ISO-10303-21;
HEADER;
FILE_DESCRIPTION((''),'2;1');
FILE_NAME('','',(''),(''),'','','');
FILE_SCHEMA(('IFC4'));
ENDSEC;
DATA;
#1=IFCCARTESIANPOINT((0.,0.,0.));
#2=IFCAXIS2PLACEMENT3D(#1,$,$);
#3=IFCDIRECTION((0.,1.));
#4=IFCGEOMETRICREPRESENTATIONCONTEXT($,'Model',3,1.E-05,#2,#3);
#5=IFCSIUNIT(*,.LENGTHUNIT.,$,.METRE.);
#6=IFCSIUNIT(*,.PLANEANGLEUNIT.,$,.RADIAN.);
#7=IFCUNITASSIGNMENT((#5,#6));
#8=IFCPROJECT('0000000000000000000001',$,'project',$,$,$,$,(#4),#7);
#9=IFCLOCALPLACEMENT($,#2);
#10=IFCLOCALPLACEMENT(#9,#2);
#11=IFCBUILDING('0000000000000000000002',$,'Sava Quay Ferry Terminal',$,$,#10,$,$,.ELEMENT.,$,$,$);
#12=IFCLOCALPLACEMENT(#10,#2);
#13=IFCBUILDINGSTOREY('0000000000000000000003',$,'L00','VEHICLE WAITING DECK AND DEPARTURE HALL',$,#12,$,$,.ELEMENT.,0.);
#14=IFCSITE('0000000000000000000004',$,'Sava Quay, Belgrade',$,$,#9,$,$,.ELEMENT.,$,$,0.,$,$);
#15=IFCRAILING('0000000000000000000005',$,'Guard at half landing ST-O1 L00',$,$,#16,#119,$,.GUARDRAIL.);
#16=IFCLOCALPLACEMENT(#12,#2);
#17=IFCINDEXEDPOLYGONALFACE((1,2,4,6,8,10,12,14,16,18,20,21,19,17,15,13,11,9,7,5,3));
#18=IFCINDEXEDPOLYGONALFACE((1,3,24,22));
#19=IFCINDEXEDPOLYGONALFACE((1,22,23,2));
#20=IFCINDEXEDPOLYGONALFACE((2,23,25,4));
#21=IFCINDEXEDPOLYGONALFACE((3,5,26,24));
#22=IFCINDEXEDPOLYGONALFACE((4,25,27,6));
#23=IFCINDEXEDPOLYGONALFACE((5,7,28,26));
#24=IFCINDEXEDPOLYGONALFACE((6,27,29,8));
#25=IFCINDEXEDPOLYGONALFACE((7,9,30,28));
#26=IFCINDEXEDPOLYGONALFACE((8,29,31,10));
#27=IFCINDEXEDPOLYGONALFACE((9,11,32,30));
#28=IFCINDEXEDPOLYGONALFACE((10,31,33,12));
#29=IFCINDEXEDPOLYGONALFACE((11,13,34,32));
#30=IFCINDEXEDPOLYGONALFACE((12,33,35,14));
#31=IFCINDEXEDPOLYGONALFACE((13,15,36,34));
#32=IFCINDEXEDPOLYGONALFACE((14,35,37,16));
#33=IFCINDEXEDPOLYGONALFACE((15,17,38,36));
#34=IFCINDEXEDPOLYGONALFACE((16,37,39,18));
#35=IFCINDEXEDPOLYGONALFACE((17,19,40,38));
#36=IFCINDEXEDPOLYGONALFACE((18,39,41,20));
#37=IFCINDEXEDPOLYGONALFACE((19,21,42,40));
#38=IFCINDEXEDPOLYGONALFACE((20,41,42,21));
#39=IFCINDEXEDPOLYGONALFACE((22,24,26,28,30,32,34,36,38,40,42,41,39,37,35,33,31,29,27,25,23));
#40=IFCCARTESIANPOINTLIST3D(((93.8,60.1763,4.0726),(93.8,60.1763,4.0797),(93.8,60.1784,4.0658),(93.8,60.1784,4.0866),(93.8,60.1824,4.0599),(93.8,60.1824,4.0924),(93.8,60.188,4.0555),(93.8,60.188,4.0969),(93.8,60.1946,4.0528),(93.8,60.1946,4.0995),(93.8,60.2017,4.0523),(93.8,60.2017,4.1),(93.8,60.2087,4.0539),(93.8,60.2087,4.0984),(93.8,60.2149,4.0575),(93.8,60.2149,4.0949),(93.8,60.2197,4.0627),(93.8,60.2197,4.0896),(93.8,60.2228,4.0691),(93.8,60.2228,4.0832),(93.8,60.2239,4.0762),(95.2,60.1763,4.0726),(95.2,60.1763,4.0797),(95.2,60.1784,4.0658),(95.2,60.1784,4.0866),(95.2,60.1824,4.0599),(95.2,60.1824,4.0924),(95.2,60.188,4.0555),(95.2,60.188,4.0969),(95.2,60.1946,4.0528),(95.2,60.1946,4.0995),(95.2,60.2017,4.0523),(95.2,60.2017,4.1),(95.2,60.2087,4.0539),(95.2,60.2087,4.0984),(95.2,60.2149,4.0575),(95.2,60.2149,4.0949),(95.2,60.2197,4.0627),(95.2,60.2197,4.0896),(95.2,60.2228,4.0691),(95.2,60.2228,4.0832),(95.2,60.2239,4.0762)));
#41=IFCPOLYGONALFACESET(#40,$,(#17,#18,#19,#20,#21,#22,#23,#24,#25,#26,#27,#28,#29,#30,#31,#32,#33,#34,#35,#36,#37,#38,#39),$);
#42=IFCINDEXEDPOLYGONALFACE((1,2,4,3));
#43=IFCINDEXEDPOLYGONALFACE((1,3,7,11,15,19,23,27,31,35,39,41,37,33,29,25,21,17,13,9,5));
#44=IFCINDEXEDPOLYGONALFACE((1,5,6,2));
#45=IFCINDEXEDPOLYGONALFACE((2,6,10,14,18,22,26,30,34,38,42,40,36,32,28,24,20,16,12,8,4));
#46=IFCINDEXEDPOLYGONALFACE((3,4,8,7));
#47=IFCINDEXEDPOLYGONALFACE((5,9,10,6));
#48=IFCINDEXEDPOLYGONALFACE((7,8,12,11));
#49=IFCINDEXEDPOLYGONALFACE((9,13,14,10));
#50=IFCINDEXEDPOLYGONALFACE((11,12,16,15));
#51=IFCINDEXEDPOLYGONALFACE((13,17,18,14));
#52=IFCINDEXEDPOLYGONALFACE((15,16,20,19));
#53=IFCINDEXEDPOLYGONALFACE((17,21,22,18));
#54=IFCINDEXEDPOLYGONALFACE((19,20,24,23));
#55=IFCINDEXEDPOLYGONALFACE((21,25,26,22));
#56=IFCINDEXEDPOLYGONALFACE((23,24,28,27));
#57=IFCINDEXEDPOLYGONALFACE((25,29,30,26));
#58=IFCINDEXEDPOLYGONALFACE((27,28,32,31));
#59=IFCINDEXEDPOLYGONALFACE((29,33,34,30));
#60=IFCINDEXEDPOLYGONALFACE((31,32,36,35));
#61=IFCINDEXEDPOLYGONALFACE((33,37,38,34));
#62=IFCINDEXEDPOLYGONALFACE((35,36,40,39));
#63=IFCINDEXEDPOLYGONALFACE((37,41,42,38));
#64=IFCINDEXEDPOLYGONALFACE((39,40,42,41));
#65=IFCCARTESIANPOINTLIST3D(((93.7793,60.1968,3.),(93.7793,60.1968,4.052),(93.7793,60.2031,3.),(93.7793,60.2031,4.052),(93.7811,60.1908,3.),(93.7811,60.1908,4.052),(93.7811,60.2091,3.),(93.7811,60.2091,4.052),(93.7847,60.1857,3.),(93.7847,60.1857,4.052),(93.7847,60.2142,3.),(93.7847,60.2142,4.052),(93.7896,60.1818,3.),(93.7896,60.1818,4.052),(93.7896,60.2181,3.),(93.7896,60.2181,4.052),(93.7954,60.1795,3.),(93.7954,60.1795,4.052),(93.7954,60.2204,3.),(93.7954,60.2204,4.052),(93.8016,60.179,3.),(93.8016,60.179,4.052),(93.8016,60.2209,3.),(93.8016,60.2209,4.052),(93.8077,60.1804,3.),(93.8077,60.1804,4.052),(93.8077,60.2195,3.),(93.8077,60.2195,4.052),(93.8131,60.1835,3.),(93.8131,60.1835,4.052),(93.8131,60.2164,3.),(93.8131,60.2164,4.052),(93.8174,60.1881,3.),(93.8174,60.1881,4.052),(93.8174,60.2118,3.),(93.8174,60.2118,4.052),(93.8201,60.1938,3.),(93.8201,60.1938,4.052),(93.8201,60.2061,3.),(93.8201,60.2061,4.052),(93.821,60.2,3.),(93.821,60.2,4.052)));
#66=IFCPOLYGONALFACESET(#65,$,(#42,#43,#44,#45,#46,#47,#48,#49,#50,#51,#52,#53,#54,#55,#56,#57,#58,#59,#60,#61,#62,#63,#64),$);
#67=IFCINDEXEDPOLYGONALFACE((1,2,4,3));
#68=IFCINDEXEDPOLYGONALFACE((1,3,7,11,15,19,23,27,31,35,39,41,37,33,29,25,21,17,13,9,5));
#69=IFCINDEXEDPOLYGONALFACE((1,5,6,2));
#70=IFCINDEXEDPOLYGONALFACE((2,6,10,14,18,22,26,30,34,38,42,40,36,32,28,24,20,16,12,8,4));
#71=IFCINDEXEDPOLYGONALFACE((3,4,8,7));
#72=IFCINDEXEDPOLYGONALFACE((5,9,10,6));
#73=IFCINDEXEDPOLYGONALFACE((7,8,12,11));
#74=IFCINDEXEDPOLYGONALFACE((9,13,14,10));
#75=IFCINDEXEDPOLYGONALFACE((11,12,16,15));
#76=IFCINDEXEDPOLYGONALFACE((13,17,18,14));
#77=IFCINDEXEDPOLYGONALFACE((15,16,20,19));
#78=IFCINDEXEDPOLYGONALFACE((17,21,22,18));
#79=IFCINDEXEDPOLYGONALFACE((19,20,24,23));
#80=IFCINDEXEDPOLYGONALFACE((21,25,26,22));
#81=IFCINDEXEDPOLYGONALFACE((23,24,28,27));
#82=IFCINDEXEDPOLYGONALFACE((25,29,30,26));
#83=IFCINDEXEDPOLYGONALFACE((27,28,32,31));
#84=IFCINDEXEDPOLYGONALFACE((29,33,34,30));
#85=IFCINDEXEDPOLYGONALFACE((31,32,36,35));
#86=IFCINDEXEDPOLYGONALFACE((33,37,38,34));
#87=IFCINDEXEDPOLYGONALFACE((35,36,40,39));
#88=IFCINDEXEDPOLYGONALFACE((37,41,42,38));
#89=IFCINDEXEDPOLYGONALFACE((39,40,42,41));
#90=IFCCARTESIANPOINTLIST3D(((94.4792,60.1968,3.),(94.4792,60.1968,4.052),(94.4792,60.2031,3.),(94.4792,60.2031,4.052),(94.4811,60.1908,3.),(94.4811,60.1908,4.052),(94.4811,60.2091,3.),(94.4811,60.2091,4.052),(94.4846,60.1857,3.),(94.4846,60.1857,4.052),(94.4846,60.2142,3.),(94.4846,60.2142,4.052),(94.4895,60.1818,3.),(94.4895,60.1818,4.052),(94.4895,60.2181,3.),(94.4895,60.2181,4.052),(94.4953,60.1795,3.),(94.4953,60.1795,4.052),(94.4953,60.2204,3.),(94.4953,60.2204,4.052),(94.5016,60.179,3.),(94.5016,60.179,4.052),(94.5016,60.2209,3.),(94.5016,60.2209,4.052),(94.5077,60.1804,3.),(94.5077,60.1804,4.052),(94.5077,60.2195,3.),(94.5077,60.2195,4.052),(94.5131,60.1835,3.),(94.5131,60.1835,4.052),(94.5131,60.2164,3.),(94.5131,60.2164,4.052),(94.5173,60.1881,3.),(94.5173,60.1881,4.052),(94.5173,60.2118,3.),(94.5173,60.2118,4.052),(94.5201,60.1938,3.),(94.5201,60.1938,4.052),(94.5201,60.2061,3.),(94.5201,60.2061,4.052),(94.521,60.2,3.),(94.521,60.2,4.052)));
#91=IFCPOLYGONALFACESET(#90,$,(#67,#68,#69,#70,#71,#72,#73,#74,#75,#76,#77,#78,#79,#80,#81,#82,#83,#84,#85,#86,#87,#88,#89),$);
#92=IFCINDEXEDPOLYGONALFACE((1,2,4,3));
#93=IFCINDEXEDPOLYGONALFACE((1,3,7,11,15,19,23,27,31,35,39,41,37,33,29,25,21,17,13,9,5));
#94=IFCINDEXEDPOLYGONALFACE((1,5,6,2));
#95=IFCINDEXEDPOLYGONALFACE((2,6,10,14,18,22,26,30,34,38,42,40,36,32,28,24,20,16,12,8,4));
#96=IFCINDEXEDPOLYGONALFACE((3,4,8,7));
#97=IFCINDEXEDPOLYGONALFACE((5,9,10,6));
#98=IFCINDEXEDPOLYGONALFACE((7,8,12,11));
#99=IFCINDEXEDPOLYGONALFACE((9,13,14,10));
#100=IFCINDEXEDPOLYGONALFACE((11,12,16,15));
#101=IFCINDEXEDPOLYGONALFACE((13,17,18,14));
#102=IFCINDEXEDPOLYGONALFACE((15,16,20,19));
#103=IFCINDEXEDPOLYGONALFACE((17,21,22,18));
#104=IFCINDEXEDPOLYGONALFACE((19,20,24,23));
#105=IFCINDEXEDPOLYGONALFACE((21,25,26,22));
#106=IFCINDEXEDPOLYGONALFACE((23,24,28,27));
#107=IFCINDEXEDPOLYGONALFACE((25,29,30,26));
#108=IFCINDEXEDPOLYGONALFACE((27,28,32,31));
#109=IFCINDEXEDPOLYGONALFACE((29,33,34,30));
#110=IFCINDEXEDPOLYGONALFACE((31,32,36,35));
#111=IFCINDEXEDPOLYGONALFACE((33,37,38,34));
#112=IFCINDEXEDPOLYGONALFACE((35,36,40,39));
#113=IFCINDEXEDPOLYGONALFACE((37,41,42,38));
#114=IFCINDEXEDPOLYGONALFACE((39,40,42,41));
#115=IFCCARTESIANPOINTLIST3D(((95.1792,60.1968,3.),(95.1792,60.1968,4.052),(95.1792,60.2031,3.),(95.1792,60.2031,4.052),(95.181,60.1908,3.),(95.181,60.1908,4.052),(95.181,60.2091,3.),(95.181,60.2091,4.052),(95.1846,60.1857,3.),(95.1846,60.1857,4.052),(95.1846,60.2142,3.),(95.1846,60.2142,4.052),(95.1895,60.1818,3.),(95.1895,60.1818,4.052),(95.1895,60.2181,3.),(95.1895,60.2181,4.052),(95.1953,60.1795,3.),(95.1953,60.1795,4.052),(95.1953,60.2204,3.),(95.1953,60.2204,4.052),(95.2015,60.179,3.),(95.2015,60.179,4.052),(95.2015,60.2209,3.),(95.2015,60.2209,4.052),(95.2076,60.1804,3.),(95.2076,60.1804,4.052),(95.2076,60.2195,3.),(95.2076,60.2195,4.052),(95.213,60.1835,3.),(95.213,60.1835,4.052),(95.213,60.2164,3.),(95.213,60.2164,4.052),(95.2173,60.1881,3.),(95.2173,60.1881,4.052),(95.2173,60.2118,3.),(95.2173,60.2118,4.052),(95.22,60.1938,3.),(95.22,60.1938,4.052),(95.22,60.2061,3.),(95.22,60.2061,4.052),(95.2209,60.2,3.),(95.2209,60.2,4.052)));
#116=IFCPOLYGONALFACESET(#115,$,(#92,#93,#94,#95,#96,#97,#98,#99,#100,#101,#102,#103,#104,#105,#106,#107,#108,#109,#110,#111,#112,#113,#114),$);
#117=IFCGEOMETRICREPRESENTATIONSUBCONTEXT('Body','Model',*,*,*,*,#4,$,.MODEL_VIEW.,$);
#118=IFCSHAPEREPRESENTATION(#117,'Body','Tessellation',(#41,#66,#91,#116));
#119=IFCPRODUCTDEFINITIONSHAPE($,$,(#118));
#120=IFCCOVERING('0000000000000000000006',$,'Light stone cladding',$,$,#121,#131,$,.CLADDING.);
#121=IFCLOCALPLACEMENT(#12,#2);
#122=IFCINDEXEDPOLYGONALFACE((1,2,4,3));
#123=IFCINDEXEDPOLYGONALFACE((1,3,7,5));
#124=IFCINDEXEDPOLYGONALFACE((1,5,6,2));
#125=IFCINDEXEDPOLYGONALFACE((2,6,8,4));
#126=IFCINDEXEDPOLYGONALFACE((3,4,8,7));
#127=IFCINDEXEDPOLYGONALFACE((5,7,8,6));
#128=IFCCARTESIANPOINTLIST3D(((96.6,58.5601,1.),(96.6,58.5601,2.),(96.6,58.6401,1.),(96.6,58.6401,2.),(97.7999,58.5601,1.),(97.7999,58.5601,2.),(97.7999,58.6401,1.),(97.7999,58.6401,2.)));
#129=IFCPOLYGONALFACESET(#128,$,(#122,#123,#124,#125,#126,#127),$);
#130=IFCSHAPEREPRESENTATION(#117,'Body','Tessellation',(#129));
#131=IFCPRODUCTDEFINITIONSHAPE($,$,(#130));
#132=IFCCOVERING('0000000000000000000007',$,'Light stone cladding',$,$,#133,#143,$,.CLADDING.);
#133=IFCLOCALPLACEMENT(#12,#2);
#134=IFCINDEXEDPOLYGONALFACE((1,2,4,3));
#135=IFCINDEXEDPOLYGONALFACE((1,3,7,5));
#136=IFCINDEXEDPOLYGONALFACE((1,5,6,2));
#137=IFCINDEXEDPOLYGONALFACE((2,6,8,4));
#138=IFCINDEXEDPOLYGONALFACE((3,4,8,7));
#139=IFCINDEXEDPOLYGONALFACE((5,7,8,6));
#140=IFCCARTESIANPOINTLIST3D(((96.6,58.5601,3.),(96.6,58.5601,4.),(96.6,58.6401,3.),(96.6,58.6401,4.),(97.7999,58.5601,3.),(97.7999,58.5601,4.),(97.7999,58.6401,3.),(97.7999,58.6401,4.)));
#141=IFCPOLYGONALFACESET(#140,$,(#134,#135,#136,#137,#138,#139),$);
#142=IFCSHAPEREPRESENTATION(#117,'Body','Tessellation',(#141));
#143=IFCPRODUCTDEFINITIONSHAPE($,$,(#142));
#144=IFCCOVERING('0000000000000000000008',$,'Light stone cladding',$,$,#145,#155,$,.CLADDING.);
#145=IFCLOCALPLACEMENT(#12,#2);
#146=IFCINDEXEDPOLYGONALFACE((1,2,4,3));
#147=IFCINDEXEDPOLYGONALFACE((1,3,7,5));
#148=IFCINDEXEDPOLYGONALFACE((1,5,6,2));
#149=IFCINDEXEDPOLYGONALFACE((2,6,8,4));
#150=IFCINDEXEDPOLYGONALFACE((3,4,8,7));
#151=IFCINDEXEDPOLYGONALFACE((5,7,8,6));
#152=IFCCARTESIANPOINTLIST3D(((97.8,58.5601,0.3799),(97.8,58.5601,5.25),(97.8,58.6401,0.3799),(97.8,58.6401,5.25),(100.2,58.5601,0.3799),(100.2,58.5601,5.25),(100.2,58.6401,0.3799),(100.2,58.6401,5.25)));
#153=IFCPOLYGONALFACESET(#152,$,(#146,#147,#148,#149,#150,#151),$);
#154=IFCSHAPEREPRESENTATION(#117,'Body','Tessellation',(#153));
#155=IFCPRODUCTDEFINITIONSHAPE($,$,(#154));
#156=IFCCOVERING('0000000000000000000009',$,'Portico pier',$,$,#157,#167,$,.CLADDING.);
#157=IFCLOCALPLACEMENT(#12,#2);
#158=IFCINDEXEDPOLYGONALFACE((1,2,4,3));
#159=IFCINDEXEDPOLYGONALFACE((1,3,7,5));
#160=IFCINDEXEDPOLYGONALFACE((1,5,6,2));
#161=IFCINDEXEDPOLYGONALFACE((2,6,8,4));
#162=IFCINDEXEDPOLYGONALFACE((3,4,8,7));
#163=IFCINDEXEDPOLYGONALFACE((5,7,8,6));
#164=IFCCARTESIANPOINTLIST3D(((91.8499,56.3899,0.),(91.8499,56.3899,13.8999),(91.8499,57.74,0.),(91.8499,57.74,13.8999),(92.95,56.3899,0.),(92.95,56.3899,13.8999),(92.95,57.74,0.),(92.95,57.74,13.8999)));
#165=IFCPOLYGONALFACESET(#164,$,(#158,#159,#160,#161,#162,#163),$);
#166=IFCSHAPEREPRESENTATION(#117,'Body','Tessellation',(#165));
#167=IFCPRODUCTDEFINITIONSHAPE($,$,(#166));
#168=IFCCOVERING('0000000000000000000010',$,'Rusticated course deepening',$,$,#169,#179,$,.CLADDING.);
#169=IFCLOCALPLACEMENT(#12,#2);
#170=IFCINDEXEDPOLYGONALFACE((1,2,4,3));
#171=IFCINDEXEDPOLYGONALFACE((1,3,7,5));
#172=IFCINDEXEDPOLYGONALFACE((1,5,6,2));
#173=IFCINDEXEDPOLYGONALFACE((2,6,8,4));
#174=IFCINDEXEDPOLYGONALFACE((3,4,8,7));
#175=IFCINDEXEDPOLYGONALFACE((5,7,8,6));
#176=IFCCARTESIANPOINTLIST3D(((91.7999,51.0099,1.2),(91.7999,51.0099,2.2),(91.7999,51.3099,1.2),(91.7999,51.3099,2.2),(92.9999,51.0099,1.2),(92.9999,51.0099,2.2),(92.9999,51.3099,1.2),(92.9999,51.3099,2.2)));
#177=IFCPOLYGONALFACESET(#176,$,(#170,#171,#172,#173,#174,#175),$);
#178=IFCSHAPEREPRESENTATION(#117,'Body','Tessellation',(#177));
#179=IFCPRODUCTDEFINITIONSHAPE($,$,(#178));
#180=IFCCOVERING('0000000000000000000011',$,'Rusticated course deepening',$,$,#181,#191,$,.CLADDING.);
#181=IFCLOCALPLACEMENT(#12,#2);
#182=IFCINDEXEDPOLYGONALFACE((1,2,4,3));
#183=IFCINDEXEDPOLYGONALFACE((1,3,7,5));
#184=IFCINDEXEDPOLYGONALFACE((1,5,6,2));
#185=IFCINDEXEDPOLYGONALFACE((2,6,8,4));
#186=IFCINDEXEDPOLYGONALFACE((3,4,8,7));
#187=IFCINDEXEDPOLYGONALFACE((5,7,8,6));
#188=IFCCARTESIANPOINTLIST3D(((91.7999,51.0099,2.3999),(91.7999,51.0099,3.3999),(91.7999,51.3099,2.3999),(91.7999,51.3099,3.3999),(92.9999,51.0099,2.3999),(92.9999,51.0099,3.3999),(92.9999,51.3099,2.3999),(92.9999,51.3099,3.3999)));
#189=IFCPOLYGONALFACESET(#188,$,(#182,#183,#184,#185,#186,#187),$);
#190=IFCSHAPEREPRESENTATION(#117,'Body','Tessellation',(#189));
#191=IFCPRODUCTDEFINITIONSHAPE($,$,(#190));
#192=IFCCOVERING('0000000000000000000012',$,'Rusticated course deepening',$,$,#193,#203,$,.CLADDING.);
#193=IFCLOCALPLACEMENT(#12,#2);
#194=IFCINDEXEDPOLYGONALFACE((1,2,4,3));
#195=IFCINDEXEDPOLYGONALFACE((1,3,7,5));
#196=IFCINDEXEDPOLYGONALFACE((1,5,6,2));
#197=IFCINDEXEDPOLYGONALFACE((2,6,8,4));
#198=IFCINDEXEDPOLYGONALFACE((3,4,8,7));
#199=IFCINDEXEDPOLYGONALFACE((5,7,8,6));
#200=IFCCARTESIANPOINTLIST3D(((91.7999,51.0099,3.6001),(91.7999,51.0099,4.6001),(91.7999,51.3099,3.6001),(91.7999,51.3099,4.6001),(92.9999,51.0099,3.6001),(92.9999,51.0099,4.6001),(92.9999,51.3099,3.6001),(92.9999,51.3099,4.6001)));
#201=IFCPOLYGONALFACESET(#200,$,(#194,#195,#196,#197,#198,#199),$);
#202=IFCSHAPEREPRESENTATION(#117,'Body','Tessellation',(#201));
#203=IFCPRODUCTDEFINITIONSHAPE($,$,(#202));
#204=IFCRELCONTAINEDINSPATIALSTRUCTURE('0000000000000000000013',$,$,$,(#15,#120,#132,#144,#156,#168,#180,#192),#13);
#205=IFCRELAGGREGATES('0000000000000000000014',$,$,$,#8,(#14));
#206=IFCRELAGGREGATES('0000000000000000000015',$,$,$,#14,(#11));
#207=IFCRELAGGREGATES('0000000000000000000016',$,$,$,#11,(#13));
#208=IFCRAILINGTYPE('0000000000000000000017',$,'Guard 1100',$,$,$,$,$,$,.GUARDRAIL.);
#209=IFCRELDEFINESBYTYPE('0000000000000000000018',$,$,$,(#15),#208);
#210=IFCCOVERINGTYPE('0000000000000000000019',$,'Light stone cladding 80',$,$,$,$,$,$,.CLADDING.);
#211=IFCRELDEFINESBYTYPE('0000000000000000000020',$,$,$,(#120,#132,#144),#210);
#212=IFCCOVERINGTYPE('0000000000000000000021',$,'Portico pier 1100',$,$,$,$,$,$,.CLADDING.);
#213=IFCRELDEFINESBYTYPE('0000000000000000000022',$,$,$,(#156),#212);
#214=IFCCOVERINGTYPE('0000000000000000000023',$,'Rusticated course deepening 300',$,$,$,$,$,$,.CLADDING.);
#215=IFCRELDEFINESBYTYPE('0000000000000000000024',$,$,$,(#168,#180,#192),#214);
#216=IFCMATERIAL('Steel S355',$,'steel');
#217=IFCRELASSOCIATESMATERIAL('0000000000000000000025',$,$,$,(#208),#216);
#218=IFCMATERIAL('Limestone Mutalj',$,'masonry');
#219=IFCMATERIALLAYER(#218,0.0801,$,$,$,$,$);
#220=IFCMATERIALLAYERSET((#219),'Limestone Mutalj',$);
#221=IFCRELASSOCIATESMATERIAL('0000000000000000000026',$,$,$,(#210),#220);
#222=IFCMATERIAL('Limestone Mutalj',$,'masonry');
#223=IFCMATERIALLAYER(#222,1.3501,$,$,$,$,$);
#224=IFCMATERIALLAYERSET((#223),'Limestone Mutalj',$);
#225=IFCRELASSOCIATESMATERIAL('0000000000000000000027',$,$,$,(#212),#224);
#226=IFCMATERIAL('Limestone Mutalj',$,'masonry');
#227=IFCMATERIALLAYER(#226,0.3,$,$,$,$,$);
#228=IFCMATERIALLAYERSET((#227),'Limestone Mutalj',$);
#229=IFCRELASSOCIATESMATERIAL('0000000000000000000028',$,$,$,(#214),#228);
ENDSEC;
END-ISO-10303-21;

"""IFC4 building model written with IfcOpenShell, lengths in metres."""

from ifc_helpers import new_model, si_unit, direction, frame, origin, origin_2d, place, context, subcontext, project, spatial, rectangle, circle, extrude, material, layer, layer_set, type_object, element, save


model = new_model("IFC4")

# Units and contexts
model_context = context("Model", 3, precision=1e-05, world=origin(), true_north=direction((0.0, 1.0)))
body_context = subcontext(model_context, "Body", "Model", "MODEL_VIEW")
ifc_project = project(units=[si_unit("LENGTHUNIT", "METRE"), si_unit("PLANEANGLEUNIT", "RADIAN")], contexts=[model_context])

# Site, building, storey
site_placement = place(None, origin())
site = spatial("IfcSite", under=ifc_project, at=site_placement, Name="Sava Quay, Belgrade", CompositionType="ELEMENT", RefElevation=0.0)
building_placement = place(site_placement, origin())
building = spatial("IfcBuilding", under=site, at=building_placement, Name="Sava Quay Ferry Terminal", CompositionType="ELEMENT")
storey_placement = place(building_placement, origin())
storey = spatial("IfcBuildingStorey", under=building, at=storey_placement, Name="L00", Description="VEHICLE WAITING DECK AND DEPARTURE HALL", CompositionType="ELEMENT", Elevation=0.0)

# Railing
ifc_material_1 = material(Name="Steel S355", Category="steel")
railing_type_1 = type_object("IfcRailingType", Name="Guard 1100", PredefinedType="GUARDRAIL", material=ifc_material_1)
railing_1_placement = place(storey_placement, frame((93.8, 60.2, 3.0)))
element("IfcRailing", 1, at=railing_1_placement, inside=storey, type_object=railing_type_1, Name="Guard at half landing ST-O1 L00", PredefinedType="GUARDRAIL", context=body_context, shape_type="SweptSolid", body=[
    extrude(circle(Radius=0.0239, at=origin_2d()), frame((0.0, 0.0, 1.0762), z_axis=(1.0, 0.0, 0.0), x_axis=(0.0, 1.0, 0.0)), (0.0, 0.0, 1.0), 1.3999),
    extrude(circle(Radius=0.021, at=origin_2d()), origin(), (0.0, 0.0, 1.0), 1.052),
    extrude(circle(Radius=0.021, at=origin_2d()), frame((0.7, 0.0, 0.0)), (0.0, 0.0, 1.0), 1.052),
    extrude(circle(Radius=0.021, at=origin_2d()), frame((1.3999, 0.0, 0.0)), (0.0, 0.0, 1.0), 1.052),
])

# Coverings
ifc_material_2 = material(Name="Limestone Mutalj", Category="masonry")
ifc_layer_1 = layer(ifc_material_2, 0.0801)
ifc_layer_set_1 = layer_set([ifc_layer_1], Name="Limestone Mutalj")
covering_type_1 = type_object("IfcCoveringType", Name="Light stone cladding 80", PredefinedType="CLADDING", material=ifc_layer_set_1)
for number, where, z_axis, x_axis, name in (
    (2, (97.2, 58.6001, 1.0), (0.0, 0.0, 1.0), (1.0, 0.0, 0.0), "Light stone cladding"),
    (3, (97.2, 58.6001, 3.0), (0.0, 0.0, 1.0), (1.0, 0.0, 0.0), "Light stone cladding"),
):
    element("IfcCovering", number, at=place(storey_placement, frame(where, z_axis=z_axis, x_axis=x_axis)), inside=storey, type_object=covering_type_1, Name=name, PredefinedType="CLADDING", context=body_context, shape_type="SweptSolid", body=[
        extrude(rectangle(XDim=1.2, YDim=0.0801, at=origin_2d()), origin(), (0.0, 0.0, 1.0), 1.0),
    ])
covering_1_placement = place(storey_placement, frame((99.0, 58.6001, 0.3799), z_axis=(0.0, 0.0, 1.0), x_axis=(1.0, 0.0, 0.0)))
element("IfcCovering", 4, at=covering_1_placement, inside=storey, type_object=covering_type_1, Name="Light stone cladding", PredefinedType="CLADDING", context=body_context, shape_type="SweptSolid", body=[
    extrude(rectangle(XDim=2.3999, YDim=0.0801, at=origin_2d()), origin(), (0.0, 0.0, 1.0), 4.8701),
])
ifc_material_3 = material(Name="Limestone Mutalj", Category="masonry")
ifc_layer_2 = layer(ifc_material_3, 1.3501)
ifc_layer_set_2 = layer_set([ifc_layer_2], Name="Limestone Mutalj")
covering_type_2 = type_object("IfcCoveringType", Name="Portico pier 1100", PredefinedType="CLADDING", material=ifc_layer_set_2)
covering_2_placement = place(storey_placement, frame((92.3999, 57.0649, 0.0), z_axis=(0.0, 0.0, 1.0), x_axis=(1.0, 0.0, 0.0)))
element("IfcCovering", 5, at=covering_2_placement, inside=storey, type_object=covering_type_2, Name="Portico pier", PredefinedType="CLADDING", context=body_context, shape_type="SweptSolid", body=[
    extrude(rectangle(XDim=1.1001, YDim=1.3501, at=origin_2d()), origin(), (0.0, 0.0, 1.0), 13.8999),
])
ifc_material_4 = material(Name="Limestone Mutalj", Category="masonry")
ifc_layer_3 = layer(ifc_material_4, 0.3)
ifc_layer_set_3 = layer_set([ifc_layer_3], Name="Limestone Mutalj")
covering_type_3 = type_object("IfcCoveringType", Name="Rusticated course deepening 300", PredefinedType="CLADDING", material=ifc_layer_set_3)
for number, where, z_axis, x_axis, name in (
    (6, (92.3999, 51.1599, 1.2), (0.0, 0.0, 1.0), (1.0, 0.0, 0.0), "Rusticated course deepening"),
    (7, (92.3999, 51.1599, 2.3999), (0.0, 0.0, 1.0), (1.0, 0.0, 0.0), "Rusticated course deepening"),
    (8, (92.3999, 51.1599, 3.6001), (0.0, 0.0, 1.0), (1.0, 0.0, 0.0), "Rusticated course deepening"),
):
    element("IfcCovering", number, at=place(storey_placement, frame(where, z_axis=z_axis, x_axis=x_axis)), inside=storey, type_object=covering_type_3, Name=name, PredefinedType="CLADDING", context=body_context, shape_type="SweptSolid", body=[
        extrude(rectangle(XDim=1.2, YDim=0.3, at=origin_2d()), origin(), (0.0, 0.0, 1.0), 1.0),
    ])

save(model, "model.ifc")
